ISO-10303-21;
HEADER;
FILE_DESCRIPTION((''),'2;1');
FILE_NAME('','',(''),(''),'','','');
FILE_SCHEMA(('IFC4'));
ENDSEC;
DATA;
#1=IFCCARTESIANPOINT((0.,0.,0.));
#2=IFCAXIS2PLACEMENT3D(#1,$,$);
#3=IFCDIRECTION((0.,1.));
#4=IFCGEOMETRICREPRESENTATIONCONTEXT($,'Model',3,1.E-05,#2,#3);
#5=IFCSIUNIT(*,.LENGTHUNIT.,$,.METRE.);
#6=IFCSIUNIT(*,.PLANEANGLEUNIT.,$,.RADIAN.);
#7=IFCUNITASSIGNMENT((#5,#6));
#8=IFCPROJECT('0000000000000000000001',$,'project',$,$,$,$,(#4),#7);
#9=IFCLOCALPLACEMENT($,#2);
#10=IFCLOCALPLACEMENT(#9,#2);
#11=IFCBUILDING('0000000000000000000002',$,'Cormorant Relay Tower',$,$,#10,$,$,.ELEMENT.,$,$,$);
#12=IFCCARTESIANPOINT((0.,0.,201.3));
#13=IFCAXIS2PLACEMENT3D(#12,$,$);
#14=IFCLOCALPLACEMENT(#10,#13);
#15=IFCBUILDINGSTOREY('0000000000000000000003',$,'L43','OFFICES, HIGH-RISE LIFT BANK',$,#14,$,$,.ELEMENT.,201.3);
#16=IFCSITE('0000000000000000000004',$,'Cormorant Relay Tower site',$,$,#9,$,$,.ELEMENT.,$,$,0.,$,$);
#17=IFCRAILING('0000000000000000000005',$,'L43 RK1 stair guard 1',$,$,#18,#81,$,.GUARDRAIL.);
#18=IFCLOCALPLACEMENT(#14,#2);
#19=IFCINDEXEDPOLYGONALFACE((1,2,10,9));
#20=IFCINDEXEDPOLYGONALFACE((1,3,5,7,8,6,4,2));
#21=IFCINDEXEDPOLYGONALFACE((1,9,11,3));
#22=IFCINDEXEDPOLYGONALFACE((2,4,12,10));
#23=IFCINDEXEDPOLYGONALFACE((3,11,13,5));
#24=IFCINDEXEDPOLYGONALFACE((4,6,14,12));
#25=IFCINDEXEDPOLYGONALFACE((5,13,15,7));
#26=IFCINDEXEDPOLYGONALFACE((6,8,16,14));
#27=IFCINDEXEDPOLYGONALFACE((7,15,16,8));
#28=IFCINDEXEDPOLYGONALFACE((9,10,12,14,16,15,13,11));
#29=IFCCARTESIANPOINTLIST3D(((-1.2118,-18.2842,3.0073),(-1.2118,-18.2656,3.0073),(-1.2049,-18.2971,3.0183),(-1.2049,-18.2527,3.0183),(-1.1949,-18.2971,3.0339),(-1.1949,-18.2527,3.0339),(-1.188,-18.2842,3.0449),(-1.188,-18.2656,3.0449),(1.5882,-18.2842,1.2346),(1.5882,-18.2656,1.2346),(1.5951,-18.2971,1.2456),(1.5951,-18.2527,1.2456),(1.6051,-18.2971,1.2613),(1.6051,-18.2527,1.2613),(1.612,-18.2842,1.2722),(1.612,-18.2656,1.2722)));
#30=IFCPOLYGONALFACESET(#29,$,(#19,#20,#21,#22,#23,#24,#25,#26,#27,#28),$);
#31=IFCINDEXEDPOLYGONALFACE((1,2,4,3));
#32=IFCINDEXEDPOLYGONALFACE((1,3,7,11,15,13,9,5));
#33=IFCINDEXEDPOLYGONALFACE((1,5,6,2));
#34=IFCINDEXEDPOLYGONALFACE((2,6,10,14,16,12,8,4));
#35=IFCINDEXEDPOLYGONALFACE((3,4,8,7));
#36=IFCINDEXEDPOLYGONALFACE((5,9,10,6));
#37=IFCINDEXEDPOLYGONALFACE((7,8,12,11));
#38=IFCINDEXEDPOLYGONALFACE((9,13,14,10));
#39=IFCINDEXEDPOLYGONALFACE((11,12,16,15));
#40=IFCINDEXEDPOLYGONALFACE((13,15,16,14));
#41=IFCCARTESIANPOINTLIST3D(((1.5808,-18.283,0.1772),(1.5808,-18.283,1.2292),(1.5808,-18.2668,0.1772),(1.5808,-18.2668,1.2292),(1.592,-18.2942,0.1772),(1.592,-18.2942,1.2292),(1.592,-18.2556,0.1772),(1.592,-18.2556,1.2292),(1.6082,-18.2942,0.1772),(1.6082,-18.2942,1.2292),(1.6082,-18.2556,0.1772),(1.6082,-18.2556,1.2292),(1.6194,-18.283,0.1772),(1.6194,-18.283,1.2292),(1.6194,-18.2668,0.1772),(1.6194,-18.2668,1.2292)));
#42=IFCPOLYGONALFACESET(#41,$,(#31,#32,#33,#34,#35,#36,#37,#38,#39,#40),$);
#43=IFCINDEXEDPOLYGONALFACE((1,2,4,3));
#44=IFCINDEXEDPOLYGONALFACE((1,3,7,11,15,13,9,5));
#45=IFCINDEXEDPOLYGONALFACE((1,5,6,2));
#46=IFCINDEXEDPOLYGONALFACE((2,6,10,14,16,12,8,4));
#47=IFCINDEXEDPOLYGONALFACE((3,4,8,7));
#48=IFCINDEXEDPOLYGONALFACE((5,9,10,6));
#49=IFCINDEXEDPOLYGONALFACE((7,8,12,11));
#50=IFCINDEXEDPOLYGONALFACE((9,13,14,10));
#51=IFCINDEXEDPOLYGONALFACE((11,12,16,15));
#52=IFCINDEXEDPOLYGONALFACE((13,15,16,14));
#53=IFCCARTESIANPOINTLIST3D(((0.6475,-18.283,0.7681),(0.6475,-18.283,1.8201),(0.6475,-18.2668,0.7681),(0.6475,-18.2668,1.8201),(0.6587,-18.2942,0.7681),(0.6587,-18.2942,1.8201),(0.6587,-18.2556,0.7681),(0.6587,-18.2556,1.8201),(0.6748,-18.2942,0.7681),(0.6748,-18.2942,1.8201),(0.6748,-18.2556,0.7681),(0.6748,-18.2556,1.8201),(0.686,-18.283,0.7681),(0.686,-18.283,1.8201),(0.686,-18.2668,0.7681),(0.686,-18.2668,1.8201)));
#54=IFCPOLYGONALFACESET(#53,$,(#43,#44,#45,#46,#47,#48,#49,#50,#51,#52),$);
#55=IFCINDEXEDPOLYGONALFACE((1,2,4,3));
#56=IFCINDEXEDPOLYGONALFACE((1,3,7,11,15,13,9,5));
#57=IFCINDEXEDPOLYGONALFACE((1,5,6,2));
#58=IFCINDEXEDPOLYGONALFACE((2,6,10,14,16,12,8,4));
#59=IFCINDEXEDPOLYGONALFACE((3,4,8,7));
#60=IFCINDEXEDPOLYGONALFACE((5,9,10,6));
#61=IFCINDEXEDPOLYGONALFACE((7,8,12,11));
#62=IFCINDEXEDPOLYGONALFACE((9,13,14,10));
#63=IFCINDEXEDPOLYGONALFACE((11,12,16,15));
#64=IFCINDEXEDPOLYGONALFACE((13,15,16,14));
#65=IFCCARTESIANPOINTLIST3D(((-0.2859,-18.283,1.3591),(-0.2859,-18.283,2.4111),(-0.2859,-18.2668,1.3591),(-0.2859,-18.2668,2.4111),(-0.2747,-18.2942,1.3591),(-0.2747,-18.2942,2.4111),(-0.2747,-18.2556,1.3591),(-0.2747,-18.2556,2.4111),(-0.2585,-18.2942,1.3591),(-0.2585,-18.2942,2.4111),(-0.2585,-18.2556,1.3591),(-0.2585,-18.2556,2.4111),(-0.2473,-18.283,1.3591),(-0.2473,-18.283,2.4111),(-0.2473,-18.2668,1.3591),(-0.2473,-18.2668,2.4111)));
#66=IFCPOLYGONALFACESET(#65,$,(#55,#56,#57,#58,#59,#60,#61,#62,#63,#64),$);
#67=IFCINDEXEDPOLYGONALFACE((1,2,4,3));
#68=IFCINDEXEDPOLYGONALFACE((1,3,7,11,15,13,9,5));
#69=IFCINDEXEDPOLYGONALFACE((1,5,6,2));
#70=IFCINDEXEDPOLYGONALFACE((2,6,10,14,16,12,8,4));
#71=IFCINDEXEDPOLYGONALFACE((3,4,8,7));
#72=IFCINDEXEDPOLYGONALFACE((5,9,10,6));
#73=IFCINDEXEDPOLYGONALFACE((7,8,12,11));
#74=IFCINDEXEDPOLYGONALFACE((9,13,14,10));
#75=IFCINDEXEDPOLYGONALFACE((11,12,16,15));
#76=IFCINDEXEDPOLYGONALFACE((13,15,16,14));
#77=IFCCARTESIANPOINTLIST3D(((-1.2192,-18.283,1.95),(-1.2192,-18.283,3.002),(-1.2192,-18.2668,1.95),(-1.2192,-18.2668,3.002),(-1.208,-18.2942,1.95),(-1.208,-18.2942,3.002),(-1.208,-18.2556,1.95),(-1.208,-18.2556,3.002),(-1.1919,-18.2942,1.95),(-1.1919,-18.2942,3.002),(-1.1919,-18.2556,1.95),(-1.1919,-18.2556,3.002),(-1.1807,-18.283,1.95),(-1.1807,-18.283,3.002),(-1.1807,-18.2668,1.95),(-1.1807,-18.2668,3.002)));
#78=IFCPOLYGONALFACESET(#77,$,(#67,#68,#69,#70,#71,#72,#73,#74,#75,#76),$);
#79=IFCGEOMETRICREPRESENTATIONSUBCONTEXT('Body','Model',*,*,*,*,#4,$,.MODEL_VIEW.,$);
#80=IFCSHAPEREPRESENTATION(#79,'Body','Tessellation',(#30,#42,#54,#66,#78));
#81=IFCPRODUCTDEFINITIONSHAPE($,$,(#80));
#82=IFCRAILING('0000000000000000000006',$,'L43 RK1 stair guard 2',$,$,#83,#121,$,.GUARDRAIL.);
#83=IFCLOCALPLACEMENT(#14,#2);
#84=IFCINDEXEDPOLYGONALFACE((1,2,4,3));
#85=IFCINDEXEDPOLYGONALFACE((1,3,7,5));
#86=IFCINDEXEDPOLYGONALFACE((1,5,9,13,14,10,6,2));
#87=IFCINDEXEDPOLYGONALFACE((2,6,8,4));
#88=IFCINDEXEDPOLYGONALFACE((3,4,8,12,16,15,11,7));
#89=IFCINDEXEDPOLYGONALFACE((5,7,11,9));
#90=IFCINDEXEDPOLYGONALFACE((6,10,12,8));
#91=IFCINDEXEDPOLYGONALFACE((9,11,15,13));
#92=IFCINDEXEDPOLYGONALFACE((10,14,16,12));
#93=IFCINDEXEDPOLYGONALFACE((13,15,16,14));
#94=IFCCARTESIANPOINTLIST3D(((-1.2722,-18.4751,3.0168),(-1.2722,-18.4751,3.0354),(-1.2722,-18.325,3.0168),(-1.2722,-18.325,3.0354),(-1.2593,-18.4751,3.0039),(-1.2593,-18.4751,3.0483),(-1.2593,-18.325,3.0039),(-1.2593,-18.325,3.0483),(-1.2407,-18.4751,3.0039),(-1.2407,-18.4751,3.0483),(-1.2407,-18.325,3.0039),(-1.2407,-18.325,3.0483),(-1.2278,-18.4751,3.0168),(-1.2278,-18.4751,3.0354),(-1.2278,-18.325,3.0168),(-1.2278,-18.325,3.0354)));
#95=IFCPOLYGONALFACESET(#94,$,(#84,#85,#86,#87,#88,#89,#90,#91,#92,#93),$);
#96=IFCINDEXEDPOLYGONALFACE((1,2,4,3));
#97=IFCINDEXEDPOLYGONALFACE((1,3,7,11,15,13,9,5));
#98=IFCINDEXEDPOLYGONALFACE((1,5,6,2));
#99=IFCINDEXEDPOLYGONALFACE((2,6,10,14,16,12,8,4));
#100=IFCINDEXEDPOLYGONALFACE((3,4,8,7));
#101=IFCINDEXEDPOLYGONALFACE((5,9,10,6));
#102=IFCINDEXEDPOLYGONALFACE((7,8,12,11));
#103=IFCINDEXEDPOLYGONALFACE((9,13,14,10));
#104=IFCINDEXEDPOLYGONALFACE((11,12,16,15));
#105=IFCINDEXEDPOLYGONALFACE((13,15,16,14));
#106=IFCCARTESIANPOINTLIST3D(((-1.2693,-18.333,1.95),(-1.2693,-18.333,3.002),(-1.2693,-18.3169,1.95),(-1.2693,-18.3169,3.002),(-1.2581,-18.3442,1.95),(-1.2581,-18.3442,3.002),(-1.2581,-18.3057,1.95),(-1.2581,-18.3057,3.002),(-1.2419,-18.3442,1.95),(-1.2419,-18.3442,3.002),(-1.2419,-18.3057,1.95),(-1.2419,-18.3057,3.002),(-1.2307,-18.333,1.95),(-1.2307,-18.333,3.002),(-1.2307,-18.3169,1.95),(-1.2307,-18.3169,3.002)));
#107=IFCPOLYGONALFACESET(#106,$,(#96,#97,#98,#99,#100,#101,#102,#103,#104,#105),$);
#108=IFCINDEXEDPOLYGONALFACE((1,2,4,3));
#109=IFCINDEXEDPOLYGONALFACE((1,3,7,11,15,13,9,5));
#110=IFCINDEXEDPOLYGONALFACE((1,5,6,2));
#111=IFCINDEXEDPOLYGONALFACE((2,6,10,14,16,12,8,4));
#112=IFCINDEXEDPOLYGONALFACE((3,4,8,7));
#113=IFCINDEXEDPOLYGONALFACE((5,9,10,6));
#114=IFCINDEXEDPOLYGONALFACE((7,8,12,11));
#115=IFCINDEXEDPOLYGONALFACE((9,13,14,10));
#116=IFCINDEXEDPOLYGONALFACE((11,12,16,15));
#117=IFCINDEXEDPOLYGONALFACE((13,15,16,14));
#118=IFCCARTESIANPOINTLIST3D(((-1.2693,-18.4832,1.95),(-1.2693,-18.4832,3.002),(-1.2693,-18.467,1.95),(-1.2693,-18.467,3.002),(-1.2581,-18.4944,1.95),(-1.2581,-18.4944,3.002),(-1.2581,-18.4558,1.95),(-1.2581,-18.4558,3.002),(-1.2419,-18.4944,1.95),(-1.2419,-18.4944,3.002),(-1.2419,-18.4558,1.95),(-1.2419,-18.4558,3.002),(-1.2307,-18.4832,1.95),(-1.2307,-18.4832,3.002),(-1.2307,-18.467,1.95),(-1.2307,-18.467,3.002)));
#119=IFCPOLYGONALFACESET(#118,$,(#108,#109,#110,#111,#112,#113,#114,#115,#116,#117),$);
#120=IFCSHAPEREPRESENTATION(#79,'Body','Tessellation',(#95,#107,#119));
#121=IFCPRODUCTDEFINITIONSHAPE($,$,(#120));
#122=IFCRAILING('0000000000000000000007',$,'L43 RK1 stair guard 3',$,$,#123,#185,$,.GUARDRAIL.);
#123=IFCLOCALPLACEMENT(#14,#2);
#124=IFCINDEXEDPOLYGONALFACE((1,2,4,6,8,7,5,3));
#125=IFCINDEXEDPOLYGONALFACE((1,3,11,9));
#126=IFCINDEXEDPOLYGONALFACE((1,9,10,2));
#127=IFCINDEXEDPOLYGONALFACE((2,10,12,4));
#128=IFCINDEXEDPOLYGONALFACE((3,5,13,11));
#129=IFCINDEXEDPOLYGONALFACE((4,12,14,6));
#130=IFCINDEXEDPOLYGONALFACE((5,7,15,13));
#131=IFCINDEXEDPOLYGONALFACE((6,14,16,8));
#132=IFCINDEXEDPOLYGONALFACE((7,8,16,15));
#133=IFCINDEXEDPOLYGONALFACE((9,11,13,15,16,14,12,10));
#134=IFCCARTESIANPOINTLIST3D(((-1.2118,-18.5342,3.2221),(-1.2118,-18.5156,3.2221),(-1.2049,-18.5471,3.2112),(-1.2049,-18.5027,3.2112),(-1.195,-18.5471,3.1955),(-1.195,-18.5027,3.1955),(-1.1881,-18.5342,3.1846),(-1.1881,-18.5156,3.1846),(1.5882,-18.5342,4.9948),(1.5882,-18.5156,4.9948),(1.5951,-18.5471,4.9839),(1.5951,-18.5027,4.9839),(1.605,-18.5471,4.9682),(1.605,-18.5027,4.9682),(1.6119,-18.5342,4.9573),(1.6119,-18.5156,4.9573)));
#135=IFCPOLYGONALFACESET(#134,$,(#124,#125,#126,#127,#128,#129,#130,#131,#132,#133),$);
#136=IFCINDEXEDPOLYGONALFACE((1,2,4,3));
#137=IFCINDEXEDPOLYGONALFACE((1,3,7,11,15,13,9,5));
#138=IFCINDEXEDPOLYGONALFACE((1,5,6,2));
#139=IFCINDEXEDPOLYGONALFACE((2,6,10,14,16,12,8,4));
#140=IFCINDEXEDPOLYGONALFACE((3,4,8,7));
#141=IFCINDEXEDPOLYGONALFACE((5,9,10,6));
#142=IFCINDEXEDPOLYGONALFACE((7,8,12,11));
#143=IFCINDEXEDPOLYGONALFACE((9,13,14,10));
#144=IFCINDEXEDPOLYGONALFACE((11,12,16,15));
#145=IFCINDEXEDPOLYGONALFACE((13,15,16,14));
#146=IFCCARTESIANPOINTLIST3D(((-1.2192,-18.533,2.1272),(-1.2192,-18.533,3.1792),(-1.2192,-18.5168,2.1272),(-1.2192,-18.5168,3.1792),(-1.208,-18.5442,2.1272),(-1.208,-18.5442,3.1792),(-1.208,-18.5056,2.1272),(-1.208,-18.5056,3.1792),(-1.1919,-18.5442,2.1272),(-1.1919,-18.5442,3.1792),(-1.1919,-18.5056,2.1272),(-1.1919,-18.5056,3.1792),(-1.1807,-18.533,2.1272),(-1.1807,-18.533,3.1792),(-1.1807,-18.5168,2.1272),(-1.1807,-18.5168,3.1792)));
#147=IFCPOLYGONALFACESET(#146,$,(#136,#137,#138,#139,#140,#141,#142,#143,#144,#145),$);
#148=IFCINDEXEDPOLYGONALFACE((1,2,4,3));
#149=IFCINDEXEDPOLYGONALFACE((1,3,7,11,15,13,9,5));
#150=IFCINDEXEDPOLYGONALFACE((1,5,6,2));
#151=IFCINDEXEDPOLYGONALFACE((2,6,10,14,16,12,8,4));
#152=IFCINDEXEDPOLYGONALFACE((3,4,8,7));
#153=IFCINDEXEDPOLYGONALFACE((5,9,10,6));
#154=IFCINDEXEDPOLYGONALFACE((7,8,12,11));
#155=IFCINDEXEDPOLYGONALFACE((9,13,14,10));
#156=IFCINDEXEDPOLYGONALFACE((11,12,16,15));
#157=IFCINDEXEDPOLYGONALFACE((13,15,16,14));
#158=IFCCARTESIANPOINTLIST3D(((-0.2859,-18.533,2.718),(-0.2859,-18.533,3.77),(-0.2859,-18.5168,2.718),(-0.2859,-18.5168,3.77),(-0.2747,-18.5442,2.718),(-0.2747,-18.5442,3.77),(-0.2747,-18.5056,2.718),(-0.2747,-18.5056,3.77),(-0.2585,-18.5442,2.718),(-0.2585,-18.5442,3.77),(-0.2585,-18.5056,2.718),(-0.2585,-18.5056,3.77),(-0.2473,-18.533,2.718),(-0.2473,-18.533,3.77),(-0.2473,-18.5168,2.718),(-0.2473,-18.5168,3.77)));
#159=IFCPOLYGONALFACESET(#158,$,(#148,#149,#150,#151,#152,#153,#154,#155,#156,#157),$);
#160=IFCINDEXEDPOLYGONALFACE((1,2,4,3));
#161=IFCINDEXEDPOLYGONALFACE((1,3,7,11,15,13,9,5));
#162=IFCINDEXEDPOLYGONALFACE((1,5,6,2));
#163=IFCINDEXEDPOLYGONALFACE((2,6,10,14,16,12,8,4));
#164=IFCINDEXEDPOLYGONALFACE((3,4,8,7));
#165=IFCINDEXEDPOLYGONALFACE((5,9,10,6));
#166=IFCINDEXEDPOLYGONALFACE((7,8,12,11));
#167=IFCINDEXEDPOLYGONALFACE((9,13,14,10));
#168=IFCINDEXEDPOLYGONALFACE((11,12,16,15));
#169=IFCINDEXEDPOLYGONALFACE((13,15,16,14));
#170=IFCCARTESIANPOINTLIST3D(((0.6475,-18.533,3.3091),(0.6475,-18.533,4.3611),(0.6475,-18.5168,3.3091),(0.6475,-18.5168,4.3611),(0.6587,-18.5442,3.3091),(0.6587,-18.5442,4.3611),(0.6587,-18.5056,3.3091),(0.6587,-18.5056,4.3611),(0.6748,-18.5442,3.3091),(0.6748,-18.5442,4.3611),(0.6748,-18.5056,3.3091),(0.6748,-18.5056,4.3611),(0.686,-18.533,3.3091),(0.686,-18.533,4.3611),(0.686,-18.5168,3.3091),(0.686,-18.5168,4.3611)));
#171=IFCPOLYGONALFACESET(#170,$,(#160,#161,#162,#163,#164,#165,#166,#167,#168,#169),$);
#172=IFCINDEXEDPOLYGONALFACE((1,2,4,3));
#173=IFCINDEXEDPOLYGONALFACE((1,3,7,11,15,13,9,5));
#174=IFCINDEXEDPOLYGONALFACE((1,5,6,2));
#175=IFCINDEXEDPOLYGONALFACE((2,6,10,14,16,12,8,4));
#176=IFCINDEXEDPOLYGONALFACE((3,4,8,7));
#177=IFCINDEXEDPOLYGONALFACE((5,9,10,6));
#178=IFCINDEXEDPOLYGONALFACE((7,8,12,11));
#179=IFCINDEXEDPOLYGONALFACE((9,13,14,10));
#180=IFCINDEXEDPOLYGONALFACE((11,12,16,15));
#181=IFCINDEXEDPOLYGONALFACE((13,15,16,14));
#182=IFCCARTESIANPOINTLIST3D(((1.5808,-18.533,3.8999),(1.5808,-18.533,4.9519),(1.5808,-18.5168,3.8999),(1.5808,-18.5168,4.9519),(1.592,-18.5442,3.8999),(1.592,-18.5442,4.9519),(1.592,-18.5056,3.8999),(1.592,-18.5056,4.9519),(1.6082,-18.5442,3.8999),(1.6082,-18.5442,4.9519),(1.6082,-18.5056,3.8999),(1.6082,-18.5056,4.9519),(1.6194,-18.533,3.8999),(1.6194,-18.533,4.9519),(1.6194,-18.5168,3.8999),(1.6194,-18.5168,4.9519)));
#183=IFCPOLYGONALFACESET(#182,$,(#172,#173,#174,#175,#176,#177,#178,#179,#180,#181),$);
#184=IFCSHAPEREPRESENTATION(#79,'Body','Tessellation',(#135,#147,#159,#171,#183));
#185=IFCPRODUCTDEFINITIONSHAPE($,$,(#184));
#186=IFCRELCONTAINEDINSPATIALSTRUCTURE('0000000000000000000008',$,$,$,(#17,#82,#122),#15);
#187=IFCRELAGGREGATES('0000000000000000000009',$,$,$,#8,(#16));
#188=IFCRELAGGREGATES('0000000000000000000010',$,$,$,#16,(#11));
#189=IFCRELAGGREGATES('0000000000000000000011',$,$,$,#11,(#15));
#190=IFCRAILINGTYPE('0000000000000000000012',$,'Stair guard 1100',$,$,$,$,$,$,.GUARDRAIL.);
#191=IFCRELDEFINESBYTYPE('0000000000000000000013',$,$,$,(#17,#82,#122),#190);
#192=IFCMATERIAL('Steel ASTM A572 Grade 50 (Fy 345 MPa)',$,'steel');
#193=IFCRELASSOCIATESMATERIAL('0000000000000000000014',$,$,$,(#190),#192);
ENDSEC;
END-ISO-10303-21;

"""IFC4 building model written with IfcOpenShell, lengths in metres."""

from ifc_helpers import new_model, si_unit, direction, frame, origin, place, context, subcontext, project, spatial, polyline, outline, extrude, material, type_object, element, save


model = new_model("IFC4")

# Units and contexts
model_context = context("Model", 3, precision=1e-05, world=origin(), true_north=direction((0.0, 1.0)))
body_context = subcontext(model_context, "Body", "Model", "MODEL_VIEW")
ifc_project = project(units=[si_unit("LENGTHUNIT", "METRE"), si_unit("PLANEANGLEUNIT", "RADIAN")], contexts=[model_context])

# Site, building, storey
site_placement = place(None, origin())
site = spatial("IfcSite", under=ifc_project, at=site_placement, Name="Cormorant Relay Tower site", CompositionType="ELEMENT", RefElevation=0.0)
building_placement = place(site_placement, origin())
building = spatial("IfcBuilding", under=site, at=building_placement, Name="Cormorant Relay Tower", CompositionType="ELEMENT")
storey_placement = place(building_placement, frame((0.0, 0.0, 201.3)))
storey = spatial("IfcBuildingStorey", under=building, at=storey_placement, Name="L43", Description="OFFICES, HIGH-RISE LIFT BANK", CompositionType="ELEMENT", Elevation=201.3)

# Railings
ifc_material_1 = material(Name="Steel ASTM A572 Grade 50 (Fy 345 MPa)", Category="steel")
railing_type_1 = type_object("IfcRailingType", Name="Stair guard 1100", PredefinedType="GUARDRAIL", material=ifc_material_1)
railing_1_placement = place(storey_placement, frame((1.6001, -18.2749, 0.1772)))
element("IfcRailing", 1, at=railing_1_placement, inside=storey, type_object=railing_type_1, Name="L43 RK1 stair guard 1", PredefinedType="GUARDRAIL", context=body_context, shape_type="SweptSolid", body=[
    extrude(outline(polyline([(0.0222, 0.0093), (0.0093, 0.0222), (-0.0093, 0.0222), (-0.0222, 0.0093), (-0.0222, -0.0093), (-0.0093, -0.0222), (0.0093, -0.0222), (0.0222, -0.0093), (0.0222, 0.0093)])), frame((0.0, 0.0, 1.0762), z_axis=(-0.844909, 0.0, 0.53491), x_axis=(0.0, -1.0, 0.0)), (0.0, 0.0, 1.0), 3.314),
    extrude(outline(polyline([(0.0193, 0.0081), (0.0081, 0.0193), (-0.0081, 0.0193), (-0.0193, 0.0081), (-0.0193, -0.0081), (-0.0081, -0.0193), (0.0081, -0.0193), (0.0193, -0.0081), (0.0193, 0.0081)])), origin(), (0.0, 0.0, 1.0), 1.052),
    extrude(outline(polyline([(0.0193, 0.0081), (0.0081, 0.0193), (-0.0081, 0.0193), (-0.0193, 0.0081), (-0.0193, -0.0081), (-0.0081, -0.0193), (0.0081, -0.0193), (0.0193, -0.0081), (0.0193, 0.0081)])), frame((-0.9333, 0.0, 0.5908)), (0.0, 0.0, 1.0), 1.052),
    extrude(outline(polyline([(0.0193, 0.0081), (0.0081, 0.0193), (-0.0081, 0.0193), (-0.0193, 0.0081), (-0.0193, -0.0081), (-0.0081, -0.0193), (0.0081, -0.0193), (0.0193, -0.0081), (0.0193, 0.0081)])), frame((-1.8667, 0.0, 1.1819)), (0.0, 0.0, 1.0), 1.052),
    extrude(outline(polyline([(0.0193, 0.0081), (0.0081, 0.0193), (-0.0081, 0.0193), (-0.0193, 0.0081), (-0.0193, -0.0081), (-0.0081, -0.0193), (0.0081, -0.0193), (0.0193, -0.0081), (0.0193, 0.0081)])), frame((-2.8, 0.0, 1.7727)), (0.0, 0.0, 1.0), 1.052),
])
railing_2_placement = place(storey_placement, frame((-1.25, -18.325, 1.95)))
element("IfcRailing", 2, at=railing_2_placement, inside=storey, type_object=railing_type_1, Name="L43 RK1 stair guard 2", PredefinedType="GUARDRAIL", context=body_context, shape_type="SweptSolid", body=[
    extrude(outline(polyline([(0.0222, 0.0093), (0.0093, 0.0222), (-0.0093, 0.0222), (-0.0222, 0.0093), (-0.0222, -0.0093), (-0.0093, -0.0222), (0.0093, -0.0222), (0.0222, -0.0093), (0.0222, 0.0093)])), frame((0.0, 0.0, 1.0762), z_axis=(0.0, -1.0, 0.0), x_axis=(1.0, 0.0, 0.0)), (0.0, 0.0, 1.0), 0.1501),
    extrude(outline(polyline([(0.0193, 0.0081), (0.0081, 0.0193), (-0.0081, 0.0193), (-0.0193, 0.0081), (-0.0193, -0.0081), (-0.0081, -0.0193), (0.0081, -0.0193), (0.0193, -0.0081), (0.0193, 0.0081)])), origin(), (0.0, 0.0, 1.0), 1.052),
    extrude(outline(polyline([(0.0193, 0.0081), (0.0081, 0.0193), (-0.0081, 0.0193), (-0.0193, 0.0081), (-0.0193, -0.0081), (-0.0081, -0.0193), (0.0081, -0.0193), (0.0193, -0.0081), (0.0193, 0.0081)])), frame((0.0, -0.1501, 0.0)), (0.0, 0.0, 1.0), 1.052),
])
railing_3_placement = place(storey_placement, frame((-1.2, -18.5249, 2.1272)))
element("IfcRailing", 3, at=railing_3_placement, inside=storey, type_object=railing_type_1, Name="L43 RK1 stair guard 3", PredefinedType="GUARDRAIL", context=body_context, shape_type="SweptSolid", body=[
    extrude(outline(polyline([(0.0222, 0.0093), (0.0093, 0.0222), (-0.0093, 0.0222), (-0.0222, 0.0093), (-0.0222, -0.0093), (-0.0093, -0.0222), (0.0093, -0.0222), (0.0222, -0.0093), (0.0222, 0.0093)])), frame((0.0, 0.0, 1.0762), z_axis=(0.844909, 0.0, 0.53491), x_axis=(0.0, 1.0, 0.0)), (0.0, 0.0, 1.0), 3.314),
    extrude(outline(polyline([(0.0193, 0.0081), (0.0081, 0.0193), (-0.0081, 0.0193), (-0.0193, 0.0081), (-0.0193, -0.0081), (-0.0081, -0.0193), (0.0081, -0.0193), (0.0193, -0.0081), (0.0193, 0.0081)])), origin(), (0.0, 0.0, 1.0), 1.052),
    extrude(outline(polyline([(0.0193, 0.0081), (0.0081, 0.0193), (-0.0081, 0.0193), (-0.0193, 0.0081), (-0.0193, -0.0081), (-0.0081, -0.0193), (0.0081, -0.0193), (0.0193, -0.0081), (0.0193, 0.0081)])), frame((0.9333, 0.0, 0.5908)), (0.0, 0.0, 1.0), 1.052),
    extrude(outline(polyline([(0.0193, 0.0081), (0.0081, 0.0193), (-0.0081, 0.0193), (-0.0193, 0.0081), (-0.0193, -0.0081), (-0.0081, -0.0193), (0.0081, -0.0193), (0.0193, -0.0081), (0.0193, 0.0081)])), frame((1.8667, 0.0, 1.1819)), (0.0, 0.0, 1.0), 1.052),
    extrude(outline(polyline([(0.0193, 0.0081), (0.0081, 0.0193), (-0.0081, 0.0193), (-0.0193, 0.0081), (-0.0193, -0.0081), (-0.0081, -0.0193), (0.0081, -0.0193), (0.0193, -0.0081), (0.0193, 0.0081)])), frame((2.8, 0.0, 1.7727)), (0.0, 0.0, 1.0), 1.052),
])

save(model, "model.ifc")
